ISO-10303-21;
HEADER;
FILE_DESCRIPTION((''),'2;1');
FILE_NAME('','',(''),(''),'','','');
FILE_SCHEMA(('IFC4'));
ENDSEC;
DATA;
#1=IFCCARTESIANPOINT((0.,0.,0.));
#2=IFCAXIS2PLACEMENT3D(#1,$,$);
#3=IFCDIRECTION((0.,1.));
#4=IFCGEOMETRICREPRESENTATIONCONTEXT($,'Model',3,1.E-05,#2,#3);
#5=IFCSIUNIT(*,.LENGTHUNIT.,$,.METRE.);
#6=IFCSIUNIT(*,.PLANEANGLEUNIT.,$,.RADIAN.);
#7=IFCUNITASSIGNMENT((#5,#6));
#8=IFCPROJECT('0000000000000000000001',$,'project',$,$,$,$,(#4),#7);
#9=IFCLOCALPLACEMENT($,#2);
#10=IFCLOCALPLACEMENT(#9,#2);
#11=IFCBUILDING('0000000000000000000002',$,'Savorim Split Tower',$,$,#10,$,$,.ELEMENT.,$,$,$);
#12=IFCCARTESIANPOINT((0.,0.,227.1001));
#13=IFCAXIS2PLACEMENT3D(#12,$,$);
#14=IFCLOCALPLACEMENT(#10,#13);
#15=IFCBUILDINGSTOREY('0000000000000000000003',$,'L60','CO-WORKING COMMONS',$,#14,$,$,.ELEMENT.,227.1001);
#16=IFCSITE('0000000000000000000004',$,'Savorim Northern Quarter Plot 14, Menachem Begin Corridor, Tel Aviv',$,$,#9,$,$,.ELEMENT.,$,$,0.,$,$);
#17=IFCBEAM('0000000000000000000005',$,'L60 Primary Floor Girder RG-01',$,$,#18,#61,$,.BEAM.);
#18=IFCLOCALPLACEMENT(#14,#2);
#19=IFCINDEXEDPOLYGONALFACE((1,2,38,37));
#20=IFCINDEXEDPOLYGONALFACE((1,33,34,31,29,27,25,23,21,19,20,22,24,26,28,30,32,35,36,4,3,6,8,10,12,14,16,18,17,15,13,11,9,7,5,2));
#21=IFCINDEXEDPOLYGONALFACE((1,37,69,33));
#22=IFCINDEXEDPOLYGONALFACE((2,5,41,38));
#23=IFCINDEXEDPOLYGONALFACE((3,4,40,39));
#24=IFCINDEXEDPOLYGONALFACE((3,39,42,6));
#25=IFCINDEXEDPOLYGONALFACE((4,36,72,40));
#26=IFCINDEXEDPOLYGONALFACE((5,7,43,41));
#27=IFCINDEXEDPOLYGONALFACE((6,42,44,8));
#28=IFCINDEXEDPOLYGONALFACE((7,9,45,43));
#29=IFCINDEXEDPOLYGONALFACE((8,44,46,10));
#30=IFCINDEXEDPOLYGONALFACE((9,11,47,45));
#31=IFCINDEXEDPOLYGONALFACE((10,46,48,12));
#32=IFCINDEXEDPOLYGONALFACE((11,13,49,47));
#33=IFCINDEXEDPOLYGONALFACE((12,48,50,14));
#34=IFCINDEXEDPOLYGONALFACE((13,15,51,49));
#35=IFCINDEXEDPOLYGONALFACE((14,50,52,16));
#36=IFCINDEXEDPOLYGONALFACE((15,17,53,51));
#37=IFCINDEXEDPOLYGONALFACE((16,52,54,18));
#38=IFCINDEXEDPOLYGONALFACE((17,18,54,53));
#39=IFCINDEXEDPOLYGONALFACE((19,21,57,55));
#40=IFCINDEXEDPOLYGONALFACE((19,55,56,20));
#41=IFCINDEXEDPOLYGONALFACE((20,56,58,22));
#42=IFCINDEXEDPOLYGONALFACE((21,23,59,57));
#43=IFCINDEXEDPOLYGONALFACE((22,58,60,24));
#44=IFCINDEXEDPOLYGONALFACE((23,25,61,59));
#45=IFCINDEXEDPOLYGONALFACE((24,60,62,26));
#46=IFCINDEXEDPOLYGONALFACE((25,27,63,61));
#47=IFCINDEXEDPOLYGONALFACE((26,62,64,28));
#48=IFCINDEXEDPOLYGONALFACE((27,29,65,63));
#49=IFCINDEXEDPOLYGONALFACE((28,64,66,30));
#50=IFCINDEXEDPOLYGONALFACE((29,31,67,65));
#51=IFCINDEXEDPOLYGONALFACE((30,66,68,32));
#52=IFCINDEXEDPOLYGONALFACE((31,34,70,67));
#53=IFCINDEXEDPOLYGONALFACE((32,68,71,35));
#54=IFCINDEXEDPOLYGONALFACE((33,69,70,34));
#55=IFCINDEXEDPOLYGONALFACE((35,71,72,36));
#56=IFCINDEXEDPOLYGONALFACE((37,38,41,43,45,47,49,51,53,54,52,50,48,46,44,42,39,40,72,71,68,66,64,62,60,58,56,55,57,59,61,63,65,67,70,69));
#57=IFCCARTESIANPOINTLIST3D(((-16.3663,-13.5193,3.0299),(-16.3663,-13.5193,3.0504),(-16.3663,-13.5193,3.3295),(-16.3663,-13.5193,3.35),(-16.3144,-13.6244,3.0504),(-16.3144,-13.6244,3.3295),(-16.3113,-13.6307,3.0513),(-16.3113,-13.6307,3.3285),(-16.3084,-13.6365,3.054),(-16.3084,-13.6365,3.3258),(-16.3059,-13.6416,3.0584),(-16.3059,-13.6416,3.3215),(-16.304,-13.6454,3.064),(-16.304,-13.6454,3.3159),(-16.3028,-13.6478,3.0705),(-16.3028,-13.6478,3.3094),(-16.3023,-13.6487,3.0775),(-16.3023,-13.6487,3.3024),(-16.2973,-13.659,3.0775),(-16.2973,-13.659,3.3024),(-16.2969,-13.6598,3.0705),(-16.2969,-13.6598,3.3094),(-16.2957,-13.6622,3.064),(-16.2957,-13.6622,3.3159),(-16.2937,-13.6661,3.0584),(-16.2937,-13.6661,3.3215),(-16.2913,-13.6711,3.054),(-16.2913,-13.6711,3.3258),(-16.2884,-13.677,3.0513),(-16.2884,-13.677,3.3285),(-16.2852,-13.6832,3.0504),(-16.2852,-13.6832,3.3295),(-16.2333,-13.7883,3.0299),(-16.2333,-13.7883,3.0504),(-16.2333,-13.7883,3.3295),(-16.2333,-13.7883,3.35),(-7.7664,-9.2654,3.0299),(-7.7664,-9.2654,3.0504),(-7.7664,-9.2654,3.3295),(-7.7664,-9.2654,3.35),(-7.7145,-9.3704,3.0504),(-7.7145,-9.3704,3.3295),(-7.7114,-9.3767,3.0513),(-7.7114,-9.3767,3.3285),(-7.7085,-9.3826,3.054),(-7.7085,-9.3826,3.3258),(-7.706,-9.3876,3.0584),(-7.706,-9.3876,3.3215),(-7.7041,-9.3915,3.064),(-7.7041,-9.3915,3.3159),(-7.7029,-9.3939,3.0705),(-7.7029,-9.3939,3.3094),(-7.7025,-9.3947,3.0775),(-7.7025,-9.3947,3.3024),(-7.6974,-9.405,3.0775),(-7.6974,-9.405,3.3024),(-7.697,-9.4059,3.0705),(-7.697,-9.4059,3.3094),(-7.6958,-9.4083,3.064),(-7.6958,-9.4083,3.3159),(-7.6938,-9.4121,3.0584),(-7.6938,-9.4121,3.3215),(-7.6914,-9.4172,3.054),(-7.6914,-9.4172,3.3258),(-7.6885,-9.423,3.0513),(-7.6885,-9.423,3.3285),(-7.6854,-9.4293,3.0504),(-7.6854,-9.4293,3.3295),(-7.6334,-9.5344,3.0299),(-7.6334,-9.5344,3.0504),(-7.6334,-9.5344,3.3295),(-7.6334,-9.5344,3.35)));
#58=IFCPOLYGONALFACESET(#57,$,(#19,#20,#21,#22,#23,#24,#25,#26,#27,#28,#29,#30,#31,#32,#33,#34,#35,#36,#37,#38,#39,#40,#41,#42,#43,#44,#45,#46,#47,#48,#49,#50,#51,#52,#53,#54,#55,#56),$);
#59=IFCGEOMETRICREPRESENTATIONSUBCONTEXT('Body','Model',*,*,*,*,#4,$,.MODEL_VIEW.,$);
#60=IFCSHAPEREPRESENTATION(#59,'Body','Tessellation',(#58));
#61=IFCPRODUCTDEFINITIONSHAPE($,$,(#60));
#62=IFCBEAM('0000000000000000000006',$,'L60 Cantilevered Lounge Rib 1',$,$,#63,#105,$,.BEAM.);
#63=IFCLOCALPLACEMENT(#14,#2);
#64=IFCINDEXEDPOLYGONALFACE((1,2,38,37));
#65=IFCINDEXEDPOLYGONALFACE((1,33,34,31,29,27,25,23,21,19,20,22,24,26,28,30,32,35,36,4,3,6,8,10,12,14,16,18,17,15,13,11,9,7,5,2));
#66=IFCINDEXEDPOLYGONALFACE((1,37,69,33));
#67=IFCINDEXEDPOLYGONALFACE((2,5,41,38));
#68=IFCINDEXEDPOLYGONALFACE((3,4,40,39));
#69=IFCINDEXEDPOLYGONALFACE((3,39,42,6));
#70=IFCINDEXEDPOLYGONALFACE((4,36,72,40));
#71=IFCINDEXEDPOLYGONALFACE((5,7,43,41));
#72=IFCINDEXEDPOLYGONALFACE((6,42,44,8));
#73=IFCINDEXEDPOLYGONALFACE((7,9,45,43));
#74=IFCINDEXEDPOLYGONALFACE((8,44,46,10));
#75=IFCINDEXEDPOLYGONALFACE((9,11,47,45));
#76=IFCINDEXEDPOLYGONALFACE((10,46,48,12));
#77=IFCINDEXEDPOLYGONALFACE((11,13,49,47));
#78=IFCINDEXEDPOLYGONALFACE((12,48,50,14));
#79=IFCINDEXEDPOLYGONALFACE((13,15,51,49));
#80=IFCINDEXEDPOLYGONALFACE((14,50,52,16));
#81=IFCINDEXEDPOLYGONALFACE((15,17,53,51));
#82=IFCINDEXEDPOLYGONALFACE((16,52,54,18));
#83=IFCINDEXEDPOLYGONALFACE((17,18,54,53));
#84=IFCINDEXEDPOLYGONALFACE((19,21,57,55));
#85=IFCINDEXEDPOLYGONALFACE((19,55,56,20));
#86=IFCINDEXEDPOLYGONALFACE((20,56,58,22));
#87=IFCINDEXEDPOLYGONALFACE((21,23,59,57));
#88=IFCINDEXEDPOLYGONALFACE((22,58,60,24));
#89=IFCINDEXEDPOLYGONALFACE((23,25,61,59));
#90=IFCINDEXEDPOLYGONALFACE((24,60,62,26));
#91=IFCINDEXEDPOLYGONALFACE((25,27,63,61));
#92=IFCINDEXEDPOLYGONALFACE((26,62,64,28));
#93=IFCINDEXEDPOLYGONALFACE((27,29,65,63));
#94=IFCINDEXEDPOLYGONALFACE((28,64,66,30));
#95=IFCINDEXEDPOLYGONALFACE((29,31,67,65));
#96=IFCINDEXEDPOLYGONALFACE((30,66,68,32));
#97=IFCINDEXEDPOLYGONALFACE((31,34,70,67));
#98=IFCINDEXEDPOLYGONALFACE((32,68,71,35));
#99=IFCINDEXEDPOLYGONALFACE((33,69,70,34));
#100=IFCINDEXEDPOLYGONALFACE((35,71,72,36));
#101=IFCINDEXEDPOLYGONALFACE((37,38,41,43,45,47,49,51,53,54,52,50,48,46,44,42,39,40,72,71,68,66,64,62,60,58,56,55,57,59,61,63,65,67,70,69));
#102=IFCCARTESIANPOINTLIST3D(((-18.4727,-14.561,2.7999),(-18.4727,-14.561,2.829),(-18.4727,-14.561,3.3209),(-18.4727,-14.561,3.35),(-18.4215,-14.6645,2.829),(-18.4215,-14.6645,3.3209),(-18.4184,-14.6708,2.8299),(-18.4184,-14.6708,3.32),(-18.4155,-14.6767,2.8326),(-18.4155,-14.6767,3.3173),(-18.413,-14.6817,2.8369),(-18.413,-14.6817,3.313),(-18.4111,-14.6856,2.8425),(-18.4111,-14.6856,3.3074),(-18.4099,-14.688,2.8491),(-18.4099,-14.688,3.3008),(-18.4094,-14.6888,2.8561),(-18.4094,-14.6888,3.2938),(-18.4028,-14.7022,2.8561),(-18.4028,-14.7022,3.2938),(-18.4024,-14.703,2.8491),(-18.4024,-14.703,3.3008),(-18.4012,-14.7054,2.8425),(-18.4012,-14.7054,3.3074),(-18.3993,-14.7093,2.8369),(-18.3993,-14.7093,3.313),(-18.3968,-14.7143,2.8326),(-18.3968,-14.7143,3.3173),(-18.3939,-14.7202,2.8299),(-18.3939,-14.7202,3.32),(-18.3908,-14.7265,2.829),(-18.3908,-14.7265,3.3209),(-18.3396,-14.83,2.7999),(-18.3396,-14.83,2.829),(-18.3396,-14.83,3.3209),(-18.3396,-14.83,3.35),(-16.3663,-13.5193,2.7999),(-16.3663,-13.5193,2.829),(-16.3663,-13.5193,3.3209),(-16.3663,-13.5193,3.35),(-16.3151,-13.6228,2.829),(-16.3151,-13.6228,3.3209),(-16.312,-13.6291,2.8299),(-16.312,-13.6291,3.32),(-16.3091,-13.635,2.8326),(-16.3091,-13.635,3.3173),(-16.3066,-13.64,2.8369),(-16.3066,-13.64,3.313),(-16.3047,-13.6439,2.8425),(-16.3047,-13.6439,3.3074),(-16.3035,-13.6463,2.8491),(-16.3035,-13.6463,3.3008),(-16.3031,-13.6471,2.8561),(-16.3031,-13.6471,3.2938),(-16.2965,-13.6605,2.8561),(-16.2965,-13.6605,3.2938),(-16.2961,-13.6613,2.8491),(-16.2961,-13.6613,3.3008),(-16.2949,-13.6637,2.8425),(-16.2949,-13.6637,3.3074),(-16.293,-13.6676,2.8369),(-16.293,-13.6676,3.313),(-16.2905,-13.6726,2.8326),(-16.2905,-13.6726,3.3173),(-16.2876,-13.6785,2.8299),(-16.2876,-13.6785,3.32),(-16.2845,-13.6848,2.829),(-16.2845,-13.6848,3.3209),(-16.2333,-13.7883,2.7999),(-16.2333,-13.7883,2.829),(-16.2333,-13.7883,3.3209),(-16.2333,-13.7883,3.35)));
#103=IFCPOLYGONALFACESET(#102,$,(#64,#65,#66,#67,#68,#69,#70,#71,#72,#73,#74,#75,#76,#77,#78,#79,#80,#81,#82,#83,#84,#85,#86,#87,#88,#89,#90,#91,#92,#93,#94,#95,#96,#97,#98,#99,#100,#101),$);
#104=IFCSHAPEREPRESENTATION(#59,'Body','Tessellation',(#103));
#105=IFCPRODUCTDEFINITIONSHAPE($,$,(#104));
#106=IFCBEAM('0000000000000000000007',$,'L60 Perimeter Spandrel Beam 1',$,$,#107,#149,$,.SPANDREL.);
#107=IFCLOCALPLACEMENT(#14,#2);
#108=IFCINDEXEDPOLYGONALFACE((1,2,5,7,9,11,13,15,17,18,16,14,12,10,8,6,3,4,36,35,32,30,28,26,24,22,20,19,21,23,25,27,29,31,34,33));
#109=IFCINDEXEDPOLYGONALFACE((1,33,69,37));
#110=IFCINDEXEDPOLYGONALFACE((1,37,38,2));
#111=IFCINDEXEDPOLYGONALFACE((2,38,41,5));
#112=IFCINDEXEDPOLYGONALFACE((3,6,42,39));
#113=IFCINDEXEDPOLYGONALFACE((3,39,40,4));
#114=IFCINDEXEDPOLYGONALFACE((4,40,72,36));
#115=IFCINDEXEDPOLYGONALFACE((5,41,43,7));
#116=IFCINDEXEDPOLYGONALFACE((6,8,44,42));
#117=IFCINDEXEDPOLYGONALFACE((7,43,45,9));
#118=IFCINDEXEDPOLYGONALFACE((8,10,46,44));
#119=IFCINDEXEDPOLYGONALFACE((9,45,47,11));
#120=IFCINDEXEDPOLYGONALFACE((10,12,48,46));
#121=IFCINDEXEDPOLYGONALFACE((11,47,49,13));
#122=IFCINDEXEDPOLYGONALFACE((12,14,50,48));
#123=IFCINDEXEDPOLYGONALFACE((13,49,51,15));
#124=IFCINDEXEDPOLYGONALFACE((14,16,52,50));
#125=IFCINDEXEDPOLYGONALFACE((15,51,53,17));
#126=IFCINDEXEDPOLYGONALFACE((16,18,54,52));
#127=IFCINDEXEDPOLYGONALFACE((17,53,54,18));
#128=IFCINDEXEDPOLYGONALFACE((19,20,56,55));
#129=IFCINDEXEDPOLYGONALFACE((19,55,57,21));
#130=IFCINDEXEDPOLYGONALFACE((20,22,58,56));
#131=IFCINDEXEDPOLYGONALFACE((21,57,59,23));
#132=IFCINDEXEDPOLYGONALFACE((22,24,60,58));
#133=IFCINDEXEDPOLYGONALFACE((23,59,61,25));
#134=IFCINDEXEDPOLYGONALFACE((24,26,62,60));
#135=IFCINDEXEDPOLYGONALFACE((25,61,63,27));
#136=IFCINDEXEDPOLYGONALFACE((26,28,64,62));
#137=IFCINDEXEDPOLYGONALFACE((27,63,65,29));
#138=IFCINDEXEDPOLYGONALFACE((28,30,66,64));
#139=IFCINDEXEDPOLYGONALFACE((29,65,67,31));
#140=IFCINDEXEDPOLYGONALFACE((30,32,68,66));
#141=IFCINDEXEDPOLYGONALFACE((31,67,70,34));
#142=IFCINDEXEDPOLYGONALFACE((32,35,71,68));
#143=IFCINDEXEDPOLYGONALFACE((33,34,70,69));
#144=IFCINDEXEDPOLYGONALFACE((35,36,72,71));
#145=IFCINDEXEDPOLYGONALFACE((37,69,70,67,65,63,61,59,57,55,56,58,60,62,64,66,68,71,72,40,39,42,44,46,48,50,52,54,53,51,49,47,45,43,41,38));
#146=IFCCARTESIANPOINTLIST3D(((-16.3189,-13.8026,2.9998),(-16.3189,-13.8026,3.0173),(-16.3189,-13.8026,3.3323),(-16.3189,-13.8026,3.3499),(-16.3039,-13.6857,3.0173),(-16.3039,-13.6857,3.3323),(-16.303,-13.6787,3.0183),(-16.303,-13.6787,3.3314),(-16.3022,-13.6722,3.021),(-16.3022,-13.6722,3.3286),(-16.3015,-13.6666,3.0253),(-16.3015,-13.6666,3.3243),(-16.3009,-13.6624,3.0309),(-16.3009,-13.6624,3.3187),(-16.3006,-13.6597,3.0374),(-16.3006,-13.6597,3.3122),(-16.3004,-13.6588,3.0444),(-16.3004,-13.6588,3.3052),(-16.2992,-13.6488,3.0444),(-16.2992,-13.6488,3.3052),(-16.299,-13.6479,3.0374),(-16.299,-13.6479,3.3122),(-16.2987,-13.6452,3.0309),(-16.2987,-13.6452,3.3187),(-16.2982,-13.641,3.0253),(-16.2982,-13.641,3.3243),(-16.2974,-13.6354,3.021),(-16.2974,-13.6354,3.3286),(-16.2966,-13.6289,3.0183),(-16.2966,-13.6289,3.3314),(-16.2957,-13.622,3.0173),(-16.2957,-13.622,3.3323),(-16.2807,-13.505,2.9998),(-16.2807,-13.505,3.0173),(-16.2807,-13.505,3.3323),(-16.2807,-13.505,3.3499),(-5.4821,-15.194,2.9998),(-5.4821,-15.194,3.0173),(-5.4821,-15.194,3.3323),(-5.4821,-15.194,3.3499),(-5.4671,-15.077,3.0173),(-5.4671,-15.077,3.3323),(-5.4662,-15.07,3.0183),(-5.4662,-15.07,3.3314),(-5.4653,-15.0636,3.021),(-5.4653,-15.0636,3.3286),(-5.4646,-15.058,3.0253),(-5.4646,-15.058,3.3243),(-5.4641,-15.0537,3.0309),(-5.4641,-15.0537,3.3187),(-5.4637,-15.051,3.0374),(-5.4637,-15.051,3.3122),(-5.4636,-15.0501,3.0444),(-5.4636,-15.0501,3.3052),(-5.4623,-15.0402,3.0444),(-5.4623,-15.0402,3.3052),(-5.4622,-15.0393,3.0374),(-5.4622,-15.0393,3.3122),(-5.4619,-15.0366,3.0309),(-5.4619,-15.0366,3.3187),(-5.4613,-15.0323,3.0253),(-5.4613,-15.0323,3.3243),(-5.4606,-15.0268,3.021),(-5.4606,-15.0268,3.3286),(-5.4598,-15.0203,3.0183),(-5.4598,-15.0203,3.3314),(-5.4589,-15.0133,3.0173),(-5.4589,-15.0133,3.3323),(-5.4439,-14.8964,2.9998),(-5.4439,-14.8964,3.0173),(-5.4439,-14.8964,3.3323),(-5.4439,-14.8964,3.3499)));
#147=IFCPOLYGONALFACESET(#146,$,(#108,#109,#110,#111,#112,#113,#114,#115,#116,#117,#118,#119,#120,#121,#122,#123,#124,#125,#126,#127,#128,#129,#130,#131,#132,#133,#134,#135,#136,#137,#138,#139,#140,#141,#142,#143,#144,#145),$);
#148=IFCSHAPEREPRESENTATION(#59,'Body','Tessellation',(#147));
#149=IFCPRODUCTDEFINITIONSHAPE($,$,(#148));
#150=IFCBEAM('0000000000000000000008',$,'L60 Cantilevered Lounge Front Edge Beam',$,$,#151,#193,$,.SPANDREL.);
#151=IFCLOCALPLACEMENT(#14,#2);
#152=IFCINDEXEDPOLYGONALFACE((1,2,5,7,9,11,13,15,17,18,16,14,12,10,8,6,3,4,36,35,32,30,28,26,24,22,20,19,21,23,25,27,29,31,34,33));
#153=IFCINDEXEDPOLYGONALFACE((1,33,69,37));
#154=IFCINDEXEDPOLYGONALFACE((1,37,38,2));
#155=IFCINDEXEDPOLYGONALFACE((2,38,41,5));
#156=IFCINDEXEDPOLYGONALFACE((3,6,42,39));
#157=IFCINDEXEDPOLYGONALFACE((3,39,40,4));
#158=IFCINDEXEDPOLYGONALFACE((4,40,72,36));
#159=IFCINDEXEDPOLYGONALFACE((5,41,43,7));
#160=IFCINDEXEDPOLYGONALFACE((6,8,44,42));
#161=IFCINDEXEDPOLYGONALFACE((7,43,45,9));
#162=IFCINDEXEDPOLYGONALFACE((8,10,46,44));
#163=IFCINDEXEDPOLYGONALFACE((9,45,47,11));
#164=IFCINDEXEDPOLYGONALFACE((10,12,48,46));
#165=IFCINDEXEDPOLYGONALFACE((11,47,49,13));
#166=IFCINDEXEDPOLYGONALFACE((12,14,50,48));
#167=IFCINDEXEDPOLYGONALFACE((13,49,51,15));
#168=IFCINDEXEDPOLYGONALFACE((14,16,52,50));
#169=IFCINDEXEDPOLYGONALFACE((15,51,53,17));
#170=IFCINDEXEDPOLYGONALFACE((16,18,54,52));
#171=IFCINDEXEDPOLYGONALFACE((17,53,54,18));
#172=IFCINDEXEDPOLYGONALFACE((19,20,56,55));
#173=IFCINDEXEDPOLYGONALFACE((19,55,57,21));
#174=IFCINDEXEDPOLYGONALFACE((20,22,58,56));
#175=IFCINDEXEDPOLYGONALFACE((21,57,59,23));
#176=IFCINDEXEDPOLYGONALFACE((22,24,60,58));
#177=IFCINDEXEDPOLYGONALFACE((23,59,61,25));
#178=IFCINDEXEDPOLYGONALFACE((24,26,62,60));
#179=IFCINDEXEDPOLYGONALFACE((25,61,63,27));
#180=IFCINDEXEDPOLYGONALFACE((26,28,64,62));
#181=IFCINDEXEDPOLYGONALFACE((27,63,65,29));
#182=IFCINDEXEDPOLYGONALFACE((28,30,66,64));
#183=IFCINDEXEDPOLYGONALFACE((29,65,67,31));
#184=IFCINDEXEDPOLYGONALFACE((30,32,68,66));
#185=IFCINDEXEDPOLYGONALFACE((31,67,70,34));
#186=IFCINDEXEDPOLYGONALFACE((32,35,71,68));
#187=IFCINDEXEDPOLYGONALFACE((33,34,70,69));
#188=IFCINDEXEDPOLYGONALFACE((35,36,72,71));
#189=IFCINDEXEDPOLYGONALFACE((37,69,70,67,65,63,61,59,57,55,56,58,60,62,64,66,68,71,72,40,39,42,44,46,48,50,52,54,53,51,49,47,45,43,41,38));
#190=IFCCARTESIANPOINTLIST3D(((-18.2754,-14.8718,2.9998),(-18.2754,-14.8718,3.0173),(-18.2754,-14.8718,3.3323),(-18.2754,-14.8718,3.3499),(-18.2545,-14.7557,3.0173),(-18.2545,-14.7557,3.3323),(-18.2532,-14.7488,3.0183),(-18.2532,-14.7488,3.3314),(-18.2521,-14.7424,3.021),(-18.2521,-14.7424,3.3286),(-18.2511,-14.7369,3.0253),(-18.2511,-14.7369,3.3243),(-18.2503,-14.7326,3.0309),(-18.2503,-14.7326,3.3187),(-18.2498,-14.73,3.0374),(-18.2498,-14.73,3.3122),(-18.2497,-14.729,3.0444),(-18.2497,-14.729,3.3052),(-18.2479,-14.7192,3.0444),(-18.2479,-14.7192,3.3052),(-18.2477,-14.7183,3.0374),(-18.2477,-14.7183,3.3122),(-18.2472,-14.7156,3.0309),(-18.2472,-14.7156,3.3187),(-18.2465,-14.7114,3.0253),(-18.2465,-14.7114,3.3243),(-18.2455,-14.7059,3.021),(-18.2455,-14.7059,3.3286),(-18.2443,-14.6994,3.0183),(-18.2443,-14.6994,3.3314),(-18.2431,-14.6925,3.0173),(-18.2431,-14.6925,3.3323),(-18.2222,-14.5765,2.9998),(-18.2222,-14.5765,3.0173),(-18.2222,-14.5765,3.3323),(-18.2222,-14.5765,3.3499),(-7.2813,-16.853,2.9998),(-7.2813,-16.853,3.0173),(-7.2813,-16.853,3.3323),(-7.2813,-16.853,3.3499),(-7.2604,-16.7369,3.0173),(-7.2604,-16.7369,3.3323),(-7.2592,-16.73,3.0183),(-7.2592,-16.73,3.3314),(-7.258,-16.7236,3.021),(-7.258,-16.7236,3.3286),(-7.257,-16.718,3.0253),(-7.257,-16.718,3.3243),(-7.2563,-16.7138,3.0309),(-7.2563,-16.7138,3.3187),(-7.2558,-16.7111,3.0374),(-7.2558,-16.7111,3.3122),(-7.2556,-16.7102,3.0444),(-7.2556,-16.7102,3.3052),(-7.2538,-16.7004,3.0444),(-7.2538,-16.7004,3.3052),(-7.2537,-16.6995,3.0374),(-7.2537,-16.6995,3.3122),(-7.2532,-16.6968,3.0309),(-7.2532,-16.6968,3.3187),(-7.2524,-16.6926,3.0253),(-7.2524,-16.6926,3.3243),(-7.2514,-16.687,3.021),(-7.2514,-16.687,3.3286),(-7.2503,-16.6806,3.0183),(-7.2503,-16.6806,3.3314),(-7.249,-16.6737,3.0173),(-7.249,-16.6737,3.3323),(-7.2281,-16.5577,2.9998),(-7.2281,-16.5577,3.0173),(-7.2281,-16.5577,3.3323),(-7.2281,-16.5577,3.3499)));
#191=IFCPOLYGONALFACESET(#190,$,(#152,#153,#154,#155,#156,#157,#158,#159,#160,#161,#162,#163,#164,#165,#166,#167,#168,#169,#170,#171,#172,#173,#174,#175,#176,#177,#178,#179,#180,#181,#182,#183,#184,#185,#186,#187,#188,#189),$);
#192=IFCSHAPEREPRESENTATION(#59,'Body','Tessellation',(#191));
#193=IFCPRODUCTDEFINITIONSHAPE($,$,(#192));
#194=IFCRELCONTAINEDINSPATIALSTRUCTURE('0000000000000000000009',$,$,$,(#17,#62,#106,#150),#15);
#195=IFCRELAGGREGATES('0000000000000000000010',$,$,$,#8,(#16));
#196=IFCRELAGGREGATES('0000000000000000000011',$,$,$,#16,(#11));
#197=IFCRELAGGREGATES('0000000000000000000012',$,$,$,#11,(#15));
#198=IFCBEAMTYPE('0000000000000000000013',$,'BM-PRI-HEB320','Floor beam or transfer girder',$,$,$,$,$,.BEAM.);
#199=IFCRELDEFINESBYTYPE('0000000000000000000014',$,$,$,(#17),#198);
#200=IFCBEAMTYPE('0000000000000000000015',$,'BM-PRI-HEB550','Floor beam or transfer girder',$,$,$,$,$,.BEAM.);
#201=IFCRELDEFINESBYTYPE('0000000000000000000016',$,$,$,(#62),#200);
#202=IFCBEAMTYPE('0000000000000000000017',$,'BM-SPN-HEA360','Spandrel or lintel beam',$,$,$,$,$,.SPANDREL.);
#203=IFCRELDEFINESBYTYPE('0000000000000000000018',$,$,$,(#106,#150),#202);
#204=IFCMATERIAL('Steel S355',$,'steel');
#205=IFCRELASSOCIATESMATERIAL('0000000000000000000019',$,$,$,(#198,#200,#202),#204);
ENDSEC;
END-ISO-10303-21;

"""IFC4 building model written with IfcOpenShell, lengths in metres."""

from ifc_helpers import new_model, si_unit, direction, frame, origin, origin_2d, place, context, subcontext, project, spatial, i_section, extrude, material, material_profile, profile_set, type_object, element, save


model = new_model("IFC4")

# Units and contexts
model_context = context("Model", 3, precision=1e-05, world=origin(), true_north=direction((0.0, 1.0)))
body_context = subcontext(model_context, "Body", "Model", "MODEL_VIEW")
ifc_project = project(units=[si_unit("LENGTHUNIT", "METRE"), si_unit("PLANEANGLEUNIT", "RADIAN")], contexts=[model_context])

# Site, building, storey
site_placement = place(None, origin())
site = spatial("IfcSite", under=ifc_project, at=site_placement, Name="Savorim Northern Quarter Plot 14, Menachem Begin Corridor, Tel Aviv", CompositionType="ELEMENT", RefElevation=0.0)
building_placement = place(site_placement, origin())
building = spatial("IfcBuilding", under=site, at=building_placement, Name="Savorim Split Tower", CompositionType="ELEMENT")
storey_placement = place(building_placement, frame((0.0, 0.0, 227.1001)))
storey = spatial("IfcBuildingStorey", under=building, at=storey_placement, Name="L60", Description="CO-WORKING COMMONS", CompositionType="ELEMENT", Elevation=227.1001)

# Shared definitions
ifc_material_1 = material(Name="Steel S355", Category="steel")

# Beams
ifc_material_profile_1 = material_profile(ifc_material_1, i_section(OverallWidth=0.3, OverallDepth=0.3201, WebThickness=0.0115, FlangeThickness=0.0205, FilletRadius=0.0271, at=origin_2d()), Name="HEB 320")
ifc_profile_set_1 = profile_set([ifc_material_profile_1], Name="Steel S355")
beam_type_1 = type_object("IfcBeamType", Name="BM-PRI-HEB320", Description="Floor beam or transfer girder", PredefinedType="BEAM", material=ifc_profile_set_1)
beam_1_placement = place(storey_placement, frame((-16.2998, -13.6538, 3.1899), z_axis=(0.896338, 0.443372, 0.0), x_axis=(-0.443372, 0.896338, 0.0)))
element("IfcBeam", 1, at=beam_1_placement, inside=storey, type_object=beam_type_1, Name="L60 Primary Floor Girder RG-01", PredefinedType="BEAM", context=body_context, shape_type="SweptSolid", body=[
    extrude(i_section(OverallWidth=0.3, OverallDepth=0.3201, WebThickness=0.0115, FlangeThickness=0.0205, FilletRadius=0.0271, at=origin_2d()), origin(), (0.0, 0.0, 1.0), 9.5945),
])
ifc_material_profile_2 = material_profile(ifc_material_1, i_section(OverallWidth=0.3, OverallDepth=0.55, WebThickness=0.0149, FlangeThickness=0.0291, FilletRadius=0.0271, at=origin_2d()), Name="HEB 550")
ifc_profile_set_2 = profile_set([ifc_material_profile_2], Name="Steel S355")
beam_type_2 = type_object("IfcBeamType", Name="BM-PRI-HEB550", Description="Floor beam or transfer girder", PredefinedType="BEAM", material=ifc_profile_set_2)
beam_2_placement = place(storey_placement, frame((-16.2998, -13.6538, 3.075), z_axis=(-0.896372, -0.443303, 0.0), x_axis=(0.443303, -0.896372, 0.0)))
element("IfcBeam", 2, at=beam_2_placement, inside=storey, type_object=beam_type_2, Name="L60 Cantilevered Lounge Rib 1", PredefinedType="BEAM", context=body_context, shape_type="SweptSolid", body=[
    extrude(i_section(OverallWidth=0.3, OverallDepth=0.55, WebThickness=0.0149, FlangeThickness=0.0291, FilletRadius=0.0271, at=origin_2d()), origin(), (0.0, 0.0, 1.0), 2.3499),
])
ifc_material_profile_3 = material_profile(ifc_material_1, i_section(OverallWidth=0.3, OverallDepth=0.3501, WebThickness=0.01, FlangeThickness=0.0176, FilletRadius=0.0271, at=origin_2d()), Name="HEA 360")
ifc_profile_set_3 = profile_set([ifc_material_profile_3], Name="Steel S355")
beam_type_3 = type_object("IfcBeamType", Name="BM-SPN-HEA360", Description="Spandrel or lintel beam", PredefinedType="SPANDREL", material=ifc_profile_set_3)
beam_3_placement = place(storey_placement, frame((-16.2998, -13.6538, 3.1748), z_axis=(0.991858, -0.127345, 0.0), x_axis=(0.127345, 0.991858, 0.0)))
element("IfcBeam", 3, at=beam_3_placement, inside=storey, type_object=beam_type_3, Name="L60 Perimeter Spandrel Beam 1", PredefinedType="SPANDREL", context=body_context, shape_type="SweptSolid", body=[
    extrude(i_section(OverallWidth=0.3, OverallDepth=0.3501, WebThickness=0.01, FlangeThickness=0.0176, FilletRadius=0.0271, at=origin_2d()), origin(), (0.0, 0.0, 1.0), 10.9258),
])
beam_4_placement = place(storey_placement, frame((-18.2488, -14.7241, 3.1748), z_axis=(0.984148, -0.177349, 0.0), x_axis=(0.177349, 0.984148, 0.0)))
element("IfcBeam", 4, at=beam_4_placement, inside=storey, type_object=beam_type_3, Name="L60 Cantilevered Lounge Front Edge Beam", PredefinedType="SPANDREL", context=body_context, shape_type="SweptSolid", body=[
    extrude(i_section(OverallWidth=0.3, OverallDepth=0.3501, WebThickness=0.01, FlangeThickness=0.0176, FilletRadius=0.0271, at=origin_2d()), origin(), (0.0, 0.0, 1.0), 11.1711),
])

save(model, "model.ifc")
